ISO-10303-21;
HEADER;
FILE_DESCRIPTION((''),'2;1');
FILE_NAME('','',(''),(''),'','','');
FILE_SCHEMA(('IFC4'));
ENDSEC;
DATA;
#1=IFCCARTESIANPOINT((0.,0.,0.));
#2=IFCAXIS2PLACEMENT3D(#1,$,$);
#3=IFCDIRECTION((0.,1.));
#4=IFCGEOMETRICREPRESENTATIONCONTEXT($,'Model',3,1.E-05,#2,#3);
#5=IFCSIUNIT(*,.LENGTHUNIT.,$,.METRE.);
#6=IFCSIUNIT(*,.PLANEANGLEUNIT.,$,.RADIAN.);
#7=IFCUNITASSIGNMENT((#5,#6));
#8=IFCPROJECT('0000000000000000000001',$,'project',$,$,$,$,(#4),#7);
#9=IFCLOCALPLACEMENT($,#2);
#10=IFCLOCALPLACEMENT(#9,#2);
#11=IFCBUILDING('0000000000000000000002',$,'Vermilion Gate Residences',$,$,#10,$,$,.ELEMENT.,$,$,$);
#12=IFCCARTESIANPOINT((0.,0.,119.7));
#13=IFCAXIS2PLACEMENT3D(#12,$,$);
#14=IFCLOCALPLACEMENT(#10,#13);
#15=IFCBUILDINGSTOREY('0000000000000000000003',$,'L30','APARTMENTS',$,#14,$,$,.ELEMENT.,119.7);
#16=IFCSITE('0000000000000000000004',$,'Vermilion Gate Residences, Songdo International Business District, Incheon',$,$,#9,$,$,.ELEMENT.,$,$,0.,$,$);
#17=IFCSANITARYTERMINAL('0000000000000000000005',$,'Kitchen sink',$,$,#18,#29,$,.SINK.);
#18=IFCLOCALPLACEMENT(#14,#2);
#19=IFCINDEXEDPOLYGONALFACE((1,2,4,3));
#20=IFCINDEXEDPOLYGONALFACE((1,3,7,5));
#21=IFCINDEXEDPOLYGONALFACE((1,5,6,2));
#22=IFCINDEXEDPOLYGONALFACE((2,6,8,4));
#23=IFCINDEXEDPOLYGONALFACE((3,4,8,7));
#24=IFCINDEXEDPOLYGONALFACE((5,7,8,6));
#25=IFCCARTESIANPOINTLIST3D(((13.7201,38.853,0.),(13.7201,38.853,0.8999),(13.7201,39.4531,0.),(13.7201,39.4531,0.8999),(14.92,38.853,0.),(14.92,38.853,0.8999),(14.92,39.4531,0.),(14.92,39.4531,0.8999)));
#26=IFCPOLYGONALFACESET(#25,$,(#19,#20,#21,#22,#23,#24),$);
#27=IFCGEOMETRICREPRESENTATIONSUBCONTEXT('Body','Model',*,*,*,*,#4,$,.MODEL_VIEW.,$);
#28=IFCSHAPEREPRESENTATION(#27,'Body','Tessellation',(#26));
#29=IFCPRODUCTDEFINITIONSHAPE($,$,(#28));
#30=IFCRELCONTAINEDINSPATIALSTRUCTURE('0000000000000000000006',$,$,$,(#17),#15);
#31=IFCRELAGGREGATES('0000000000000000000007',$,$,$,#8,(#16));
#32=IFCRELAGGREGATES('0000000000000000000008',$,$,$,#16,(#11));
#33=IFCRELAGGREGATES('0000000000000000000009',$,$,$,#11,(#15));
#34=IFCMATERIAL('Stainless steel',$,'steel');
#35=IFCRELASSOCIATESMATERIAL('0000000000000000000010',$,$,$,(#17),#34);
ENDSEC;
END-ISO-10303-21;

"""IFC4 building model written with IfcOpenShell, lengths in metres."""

from ifc_helpers import new_model, si_unit, direction, frame, origin, origin_2d, place, context, subcontext, project, spatial, rectangle, extrude, material, element, save


model = new_model("IFC4")

# Units and contexts
model_context = context("Model", 3, precision=1e-05, world=origin(), true_north=direction((0.0, 1.0)))
body_context = subcontext(model_context, "Body", "Model", "MODEL_VIEW")
ifc_project = project(units=[si_unit("LENGTHUNIT", "METRE"), si_unit("PLANEANGLEUNIT", "RADIAN")], contexts=[model_context])

# Site, building, storey
site_placement = place(None, origin())
site = spatial("IfcSite", under=ifc_project, at=site_placement, Name="Vermilion Gate Residences, Songdo International Business District, Incheon", CompositionType="ELEMENT", RefElevation=0.0)
building_placement = place(site_placement, origin())
building = spatial("IfcBuilding", under=site, at=building_placement, Name="Vermilion Gate Residences", CompositionType="ELEMENT")
storey_placement = place(building_placement, frame((0.0, 0.0, 119.7)))
storey = spatial("IfcBuildingStorey", under=building, at=storey_placement, Name="L30", Description="APARTMENTS", CompositionType="ELEMENT", Elevation=119.7)

# Sanitary terminal
ifc_material_1 = material(Name="Stainless steel", Category="steel")
sanitary_terminal_1_placement = place(storey_placement, frame((14.3201, 39.1531, 0.0), z_axis=(0.0, 0.0, 1.0), x_axis=(1.0, 0.0, 0.0)))
element("IfcSanitaryTerminal", 1, at=sanitary_terminal_1_placement, inside=storey, material=ifc_material_1, Name="Kitchen sink", PredefinedType="SINK", context=body_context, shape_type="SweptSolid", body=[
    extrude(rectangle(XDim=1.2, YDim=0.6001, at=origin_2d()), origin(), (0.0, 0.0, 1.0), 0.8999),
])

save(model, "model.ifc")
